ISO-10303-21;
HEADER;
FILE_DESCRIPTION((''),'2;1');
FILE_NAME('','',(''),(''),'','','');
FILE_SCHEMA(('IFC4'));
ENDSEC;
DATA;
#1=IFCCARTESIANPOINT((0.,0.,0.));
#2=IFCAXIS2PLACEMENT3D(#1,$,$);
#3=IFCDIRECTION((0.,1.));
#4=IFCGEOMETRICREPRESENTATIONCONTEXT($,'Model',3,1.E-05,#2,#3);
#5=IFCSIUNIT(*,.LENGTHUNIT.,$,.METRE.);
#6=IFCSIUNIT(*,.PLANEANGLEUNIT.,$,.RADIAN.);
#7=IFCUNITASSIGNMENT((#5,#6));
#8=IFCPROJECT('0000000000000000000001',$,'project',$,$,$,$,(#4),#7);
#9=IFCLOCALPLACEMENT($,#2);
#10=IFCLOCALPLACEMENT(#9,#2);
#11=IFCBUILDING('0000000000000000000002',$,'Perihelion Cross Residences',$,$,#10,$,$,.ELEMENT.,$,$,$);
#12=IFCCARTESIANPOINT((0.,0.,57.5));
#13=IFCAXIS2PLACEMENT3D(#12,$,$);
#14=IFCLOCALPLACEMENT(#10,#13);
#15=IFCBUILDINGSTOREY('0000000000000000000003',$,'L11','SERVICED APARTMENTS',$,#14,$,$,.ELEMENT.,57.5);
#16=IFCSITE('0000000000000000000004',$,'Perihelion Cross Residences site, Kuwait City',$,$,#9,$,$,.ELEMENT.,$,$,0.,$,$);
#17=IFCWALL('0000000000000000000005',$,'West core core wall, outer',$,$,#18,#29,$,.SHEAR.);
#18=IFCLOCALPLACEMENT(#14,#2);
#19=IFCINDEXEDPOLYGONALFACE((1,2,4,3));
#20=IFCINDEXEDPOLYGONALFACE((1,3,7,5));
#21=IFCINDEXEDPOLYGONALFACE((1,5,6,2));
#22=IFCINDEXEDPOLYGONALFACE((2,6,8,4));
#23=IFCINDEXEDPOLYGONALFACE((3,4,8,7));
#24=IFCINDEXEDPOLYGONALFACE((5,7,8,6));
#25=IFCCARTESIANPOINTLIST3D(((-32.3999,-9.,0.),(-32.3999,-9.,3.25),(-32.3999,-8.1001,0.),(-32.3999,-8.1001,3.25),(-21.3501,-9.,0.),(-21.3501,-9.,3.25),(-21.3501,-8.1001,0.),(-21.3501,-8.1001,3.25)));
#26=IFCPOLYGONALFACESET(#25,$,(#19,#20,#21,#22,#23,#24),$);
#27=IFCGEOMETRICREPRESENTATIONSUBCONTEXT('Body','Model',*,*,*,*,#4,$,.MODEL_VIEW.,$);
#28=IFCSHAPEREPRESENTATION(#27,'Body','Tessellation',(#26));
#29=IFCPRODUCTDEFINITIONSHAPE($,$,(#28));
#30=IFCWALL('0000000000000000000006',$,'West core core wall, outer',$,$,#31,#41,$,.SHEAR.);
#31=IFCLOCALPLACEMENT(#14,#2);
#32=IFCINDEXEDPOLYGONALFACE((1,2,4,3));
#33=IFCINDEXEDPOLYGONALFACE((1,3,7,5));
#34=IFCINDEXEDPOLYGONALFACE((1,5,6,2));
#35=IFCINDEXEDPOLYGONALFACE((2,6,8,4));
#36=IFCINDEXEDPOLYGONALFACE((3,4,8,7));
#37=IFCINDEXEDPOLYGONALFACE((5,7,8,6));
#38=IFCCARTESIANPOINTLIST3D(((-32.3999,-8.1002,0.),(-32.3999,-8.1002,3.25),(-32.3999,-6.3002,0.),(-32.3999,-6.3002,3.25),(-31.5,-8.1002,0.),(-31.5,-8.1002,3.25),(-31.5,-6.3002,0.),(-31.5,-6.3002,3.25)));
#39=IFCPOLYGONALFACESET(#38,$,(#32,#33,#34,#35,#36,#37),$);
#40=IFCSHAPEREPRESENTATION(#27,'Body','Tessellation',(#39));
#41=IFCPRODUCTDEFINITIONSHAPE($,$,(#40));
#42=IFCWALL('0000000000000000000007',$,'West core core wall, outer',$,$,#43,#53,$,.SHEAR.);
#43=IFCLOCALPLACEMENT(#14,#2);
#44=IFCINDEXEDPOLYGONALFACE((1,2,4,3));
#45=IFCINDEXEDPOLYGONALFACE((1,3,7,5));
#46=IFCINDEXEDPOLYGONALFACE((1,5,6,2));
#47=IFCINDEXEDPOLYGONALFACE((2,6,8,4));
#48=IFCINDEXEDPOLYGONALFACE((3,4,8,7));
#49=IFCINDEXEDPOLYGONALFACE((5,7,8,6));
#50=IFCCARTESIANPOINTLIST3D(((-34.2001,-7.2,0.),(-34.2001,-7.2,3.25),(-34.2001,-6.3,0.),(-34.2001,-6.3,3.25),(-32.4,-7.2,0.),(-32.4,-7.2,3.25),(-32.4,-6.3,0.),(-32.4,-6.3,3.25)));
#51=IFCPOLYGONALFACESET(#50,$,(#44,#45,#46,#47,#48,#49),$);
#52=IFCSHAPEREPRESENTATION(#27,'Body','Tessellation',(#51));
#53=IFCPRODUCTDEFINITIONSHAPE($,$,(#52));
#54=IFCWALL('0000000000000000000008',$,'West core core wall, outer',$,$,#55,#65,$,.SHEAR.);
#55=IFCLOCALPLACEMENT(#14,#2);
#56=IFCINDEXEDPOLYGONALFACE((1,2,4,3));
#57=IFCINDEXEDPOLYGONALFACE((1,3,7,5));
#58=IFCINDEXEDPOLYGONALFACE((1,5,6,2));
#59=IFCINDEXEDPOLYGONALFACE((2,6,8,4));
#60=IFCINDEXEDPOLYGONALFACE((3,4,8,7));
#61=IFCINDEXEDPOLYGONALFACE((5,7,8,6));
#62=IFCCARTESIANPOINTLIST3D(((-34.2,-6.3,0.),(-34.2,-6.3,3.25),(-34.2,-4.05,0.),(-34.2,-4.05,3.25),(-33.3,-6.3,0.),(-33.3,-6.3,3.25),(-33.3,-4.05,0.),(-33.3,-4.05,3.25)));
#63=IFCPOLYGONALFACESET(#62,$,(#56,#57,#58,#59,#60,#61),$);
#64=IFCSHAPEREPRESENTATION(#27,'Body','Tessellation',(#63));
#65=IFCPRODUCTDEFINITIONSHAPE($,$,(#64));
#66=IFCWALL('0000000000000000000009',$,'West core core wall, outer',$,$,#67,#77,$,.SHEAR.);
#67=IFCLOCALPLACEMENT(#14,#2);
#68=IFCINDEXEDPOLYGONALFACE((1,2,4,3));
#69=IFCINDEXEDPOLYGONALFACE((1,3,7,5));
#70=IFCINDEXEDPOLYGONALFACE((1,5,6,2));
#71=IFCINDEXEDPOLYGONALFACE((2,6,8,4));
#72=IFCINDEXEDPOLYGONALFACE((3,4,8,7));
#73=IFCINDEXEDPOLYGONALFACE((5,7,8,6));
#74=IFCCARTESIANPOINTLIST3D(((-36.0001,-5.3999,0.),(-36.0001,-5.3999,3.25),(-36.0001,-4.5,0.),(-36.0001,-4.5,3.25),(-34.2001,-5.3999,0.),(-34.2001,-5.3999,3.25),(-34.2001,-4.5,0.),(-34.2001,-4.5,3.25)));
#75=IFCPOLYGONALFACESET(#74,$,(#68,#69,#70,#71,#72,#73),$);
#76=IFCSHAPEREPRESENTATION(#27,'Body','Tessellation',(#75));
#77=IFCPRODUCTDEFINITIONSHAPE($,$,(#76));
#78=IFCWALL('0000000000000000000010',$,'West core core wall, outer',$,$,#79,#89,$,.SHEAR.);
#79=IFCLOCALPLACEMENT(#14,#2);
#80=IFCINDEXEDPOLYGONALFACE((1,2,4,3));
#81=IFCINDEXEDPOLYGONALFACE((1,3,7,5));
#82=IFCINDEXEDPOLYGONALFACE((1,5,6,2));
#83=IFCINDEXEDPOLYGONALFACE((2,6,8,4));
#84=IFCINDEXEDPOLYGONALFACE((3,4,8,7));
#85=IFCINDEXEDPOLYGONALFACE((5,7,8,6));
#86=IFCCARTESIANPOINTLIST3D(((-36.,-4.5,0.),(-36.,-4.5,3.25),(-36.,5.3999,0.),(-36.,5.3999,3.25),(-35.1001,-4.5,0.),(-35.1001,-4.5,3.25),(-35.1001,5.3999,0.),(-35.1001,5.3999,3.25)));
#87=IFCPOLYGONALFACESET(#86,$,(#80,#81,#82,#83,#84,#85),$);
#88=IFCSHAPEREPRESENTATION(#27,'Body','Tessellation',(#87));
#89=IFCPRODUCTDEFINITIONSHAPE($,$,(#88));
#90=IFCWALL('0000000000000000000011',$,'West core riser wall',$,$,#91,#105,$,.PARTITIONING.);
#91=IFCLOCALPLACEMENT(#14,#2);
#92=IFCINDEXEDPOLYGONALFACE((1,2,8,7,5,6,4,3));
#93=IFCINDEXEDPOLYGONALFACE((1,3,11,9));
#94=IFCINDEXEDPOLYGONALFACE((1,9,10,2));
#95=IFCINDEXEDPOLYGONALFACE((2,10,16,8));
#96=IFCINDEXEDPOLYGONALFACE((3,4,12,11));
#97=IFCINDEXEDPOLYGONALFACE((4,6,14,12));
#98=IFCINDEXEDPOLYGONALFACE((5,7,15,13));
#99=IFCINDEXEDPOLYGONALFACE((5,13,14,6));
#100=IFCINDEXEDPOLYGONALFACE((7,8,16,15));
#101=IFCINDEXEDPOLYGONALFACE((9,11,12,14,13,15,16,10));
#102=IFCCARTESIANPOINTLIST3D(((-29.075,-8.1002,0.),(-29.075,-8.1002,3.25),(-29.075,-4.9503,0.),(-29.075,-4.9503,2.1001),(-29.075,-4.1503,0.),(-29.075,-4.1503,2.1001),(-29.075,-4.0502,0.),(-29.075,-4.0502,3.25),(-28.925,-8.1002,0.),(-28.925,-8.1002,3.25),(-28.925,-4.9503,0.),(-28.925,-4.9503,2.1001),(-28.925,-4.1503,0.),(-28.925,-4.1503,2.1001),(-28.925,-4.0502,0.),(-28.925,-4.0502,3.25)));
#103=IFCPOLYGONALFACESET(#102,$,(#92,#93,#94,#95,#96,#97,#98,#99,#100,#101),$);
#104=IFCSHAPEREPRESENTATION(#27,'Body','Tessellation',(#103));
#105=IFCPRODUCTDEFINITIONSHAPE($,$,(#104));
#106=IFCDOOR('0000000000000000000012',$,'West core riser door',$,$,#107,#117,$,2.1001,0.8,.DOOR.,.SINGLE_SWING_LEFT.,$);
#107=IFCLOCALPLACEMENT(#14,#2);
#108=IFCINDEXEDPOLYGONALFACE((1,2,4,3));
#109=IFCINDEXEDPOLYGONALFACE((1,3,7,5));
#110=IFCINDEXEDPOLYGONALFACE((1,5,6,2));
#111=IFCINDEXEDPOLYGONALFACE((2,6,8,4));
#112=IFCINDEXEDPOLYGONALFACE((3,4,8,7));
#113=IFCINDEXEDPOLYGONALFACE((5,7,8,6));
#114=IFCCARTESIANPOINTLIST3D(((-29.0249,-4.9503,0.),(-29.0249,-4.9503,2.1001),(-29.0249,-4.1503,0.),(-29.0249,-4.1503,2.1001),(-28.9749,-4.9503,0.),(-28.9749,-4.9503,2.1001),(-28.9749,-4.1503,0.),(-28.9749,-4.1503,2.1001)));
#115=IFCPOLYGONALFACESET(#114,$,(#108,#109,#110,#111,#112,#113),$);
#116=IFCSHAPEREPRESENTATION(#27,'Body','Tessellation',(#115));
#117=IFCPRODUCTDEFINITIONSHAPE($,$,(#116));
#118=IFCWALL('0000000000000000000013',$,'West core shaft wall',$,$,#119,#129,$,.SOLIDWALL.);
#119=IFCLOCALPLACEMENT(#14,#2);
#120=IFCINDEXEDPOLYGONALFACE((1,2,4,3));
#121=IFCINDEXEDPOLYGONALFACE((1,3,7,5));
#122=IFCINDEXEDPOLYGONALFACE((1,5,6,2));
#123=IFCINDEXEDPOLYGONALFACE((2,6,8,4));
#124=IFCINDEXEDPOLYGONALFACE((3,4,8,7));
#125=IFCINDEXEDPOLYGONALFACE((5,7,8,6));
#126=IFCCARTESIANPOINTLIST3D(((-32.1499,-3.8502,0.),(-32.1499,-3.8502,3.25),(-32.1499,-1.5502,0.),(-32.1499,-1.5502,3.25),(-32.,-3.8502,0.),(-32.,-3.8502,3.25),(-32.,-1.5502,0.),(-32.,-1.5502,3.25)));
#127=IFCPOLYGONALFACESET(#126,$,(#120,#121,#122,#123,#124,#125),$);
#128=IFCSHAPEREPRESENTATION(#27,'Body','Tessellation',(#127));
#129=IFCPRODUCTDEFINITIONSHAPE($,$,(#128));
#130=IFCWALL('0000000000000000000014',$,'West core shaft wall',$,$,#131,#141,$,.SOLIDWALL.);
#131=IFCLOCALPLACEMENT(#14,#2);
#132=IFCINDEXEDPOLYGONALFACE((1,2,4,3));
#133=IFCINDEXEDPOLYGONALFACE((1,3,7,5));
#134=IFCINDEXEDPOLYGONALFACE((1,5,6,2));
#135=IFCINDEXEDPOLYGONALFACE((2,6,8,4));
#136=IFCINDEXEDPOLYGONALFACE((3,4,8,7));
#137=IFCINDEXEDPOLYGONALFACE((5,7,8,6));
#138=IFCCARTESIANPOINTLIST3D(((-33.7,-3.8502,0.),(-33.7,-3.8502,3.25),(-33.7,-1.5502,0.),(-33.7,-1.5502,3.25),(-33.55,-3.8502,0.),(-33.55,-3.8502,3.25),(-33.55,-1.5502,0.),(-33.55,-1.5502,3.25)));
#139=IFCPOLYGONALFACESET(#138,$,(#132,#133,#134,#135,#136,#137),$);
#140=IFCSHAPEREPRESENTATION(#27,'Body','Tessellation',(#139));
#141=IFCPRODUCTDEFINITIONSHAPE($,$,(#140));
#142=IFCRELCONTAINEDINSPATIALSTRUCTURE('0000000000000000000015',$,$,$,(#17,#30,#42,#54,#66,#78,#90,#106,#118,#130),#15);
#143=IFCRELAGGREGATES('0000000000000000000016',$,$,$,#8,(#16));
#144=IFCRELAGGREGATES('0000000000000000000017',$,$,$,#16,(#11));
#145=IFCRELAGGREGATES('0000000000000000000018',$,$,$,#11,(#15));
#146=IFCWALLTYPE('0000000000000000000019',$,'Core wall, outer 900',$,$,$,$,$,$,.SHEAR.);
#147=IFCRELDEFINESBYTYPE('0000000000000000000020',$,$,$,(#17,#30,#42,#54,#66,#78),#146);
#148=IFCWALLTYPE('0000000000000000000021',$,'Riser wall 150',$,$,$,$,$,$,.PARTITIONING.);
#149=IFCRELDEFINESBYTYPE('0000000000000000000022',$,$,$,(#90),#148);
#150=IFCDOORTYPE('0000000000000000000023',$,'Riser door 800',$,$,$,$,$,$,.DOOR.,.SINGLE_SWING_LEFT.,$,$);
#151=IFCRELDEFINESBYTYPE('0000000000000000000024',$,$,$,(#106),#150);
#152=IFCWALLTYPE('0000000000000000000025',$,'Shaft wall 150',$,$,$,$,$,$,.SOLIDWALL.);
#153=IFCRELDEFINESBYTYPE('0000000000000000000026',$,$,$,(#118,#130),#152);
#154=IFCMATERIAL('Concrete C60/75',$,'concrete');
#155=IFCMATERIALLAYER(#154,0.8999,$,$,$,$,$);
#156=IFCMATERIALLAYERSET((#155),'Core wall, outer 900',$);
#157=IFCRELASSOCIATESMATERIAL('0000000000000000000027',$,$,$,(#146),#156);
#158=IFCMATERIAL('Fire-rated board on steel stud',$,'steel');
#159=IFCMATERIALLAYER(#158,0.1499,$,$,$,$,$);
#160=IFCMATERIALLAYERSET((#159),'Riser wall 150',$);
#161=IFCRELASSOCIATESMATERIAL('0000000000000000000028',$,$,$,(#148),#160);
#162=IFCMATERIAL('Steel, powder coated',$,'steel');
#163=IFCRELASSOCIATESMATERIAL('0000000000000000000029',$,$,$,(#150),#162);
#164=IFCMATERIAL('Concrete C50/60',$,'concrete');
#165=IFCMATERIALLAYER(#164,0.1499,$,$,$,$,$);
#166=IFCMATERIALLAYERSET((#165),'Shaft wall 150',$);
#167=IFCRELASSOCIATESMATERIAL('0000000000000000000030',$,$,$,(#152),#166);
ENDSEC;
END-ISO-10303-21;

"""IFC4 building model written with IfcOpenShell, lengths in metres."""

from ifc_helpers import new_model, si_unit, direction, frame, frame_2d, origin, place, context, subcontext, project, spatial, rectangle, extrude, material, layer, layer_set, type_object, element, fill, save


model = new_model("IFC4")

# Units and contexts
model_context = context("Model", 3, precision=1e-05, world=origin(), true_north=direction((0.0, 1.0)))
body_context = subcontext(model_context, "Body", "Model", "MODEL_VIEW")
ifc_project = project(units=[si_unit("LENGTHUNIT", "METRE"), si_unit("PLANEANGLEUNIT", "RADIAN")], contexts=[model_context])

# Site, building, storey
site_placement = place(None, origin())
site = spatial("IfcSite", under=ifc_project, at=site_placement, Name="Perihelion Cross Residences site, Kuwait City", CompositionType="ELEMENT", RefElevation=0.0)
building_placement = place(site_placement, origin())
building = spatial("IfcBuilding", under=site, at=building_placement, Name="Perihelion Cross Residences", CompositionType="ELEMENT")
storey_placement = place(building_placement, frame((0.0, 0.0, 57.5)))
storey = spatial("IfcBuildingStorey", under=building, at=storey_placement, Name="L11", Description="SERVICED APARTMENTS", CompositionType="ELEMENT", Elevation=57.5)

# Walls
ifc_material_1 = material(Name="Concrete C60/75", Category="concrete")
ifc_layer_1 = layer(ifc_material_1, 0.8999)
ifc_layer_set_1 = layer_set([ifc_layer_1], Name="Core wall, outer 900")
wall_type_1 = type_object("IfcWallType", Name="Core wall, outer 900", PredefinedType="SHEAR", material=ifc_layer_set_1)
wall_1_placement = place(storey_placement, frame((-32.3999, -8.55, 0.0), z_axis=(0.0, 0.0, 1.0), x_axis=(1.0, 0.0, 0.0)))
element("IfcWall", 1, at=wall_1_placement, inside=storey, type_object=wall_type_1, Name="West core core wall, outer", PredefinedType="SHEAR", context=body_context, shape_type="SweptSolid", body=[
    extrude(rectangle(XDim=11.0498, YDim=0.8999, at=frame_2d((5.5249, 0.0))), origin(), (0.0, 0.0, 1.0), 3.25),
])
for number, where, z_axis, x_axis, name in (
    (2, (-31.95, -8.1001, 0.0), (0.0, 0.0, 1.0), (0.0, 1.0, 0.0), "West core core wall, outer"),
    (3, (-34.2, -6.75, 0.0), (0.0, 0.0, 1.0), (1.0, 0.0, 0.0), "West core core wall, outer"),
):
    element("IfcWall", number, at=place(storey_placement, frame(where, z_axis=z_axis, x_axis=x_axis)), inside=storey, type_object=wall_type_1, Name=name, PredefinedType="SHEAR", context=body_context, shape_type="SweptSolid", body=[
        extrude(rectangle(XDim=1.8, YDim=0.8999, at=frame_2d((0.8999, 0.0))), origin(), (0.0, 0.0, 1.0), 3.25),
    ])
wall_2_placement = place(storey_placement, frame((-33.75, -6.3, 0.0), z_axis=(0.0, 0.0, 1.0), x_axis=(0.0, 1.0, 0.0)))
element("IfcWall", 4, at=wall_2_placement, inside=storey, type_object=wall_type_1, Name="West core core wall, outer", PredefinedType="SHEAR", context=body_context, shape_type="SweptSolid", body=[
    extrude(rectangle(XDim=2.25, YDim=0.8999, at=frame_2d((1.125, 0.0))), origin(), (0.0, 0.0, 1.0), 3.25),
])
wall_3_placement = place(storey_placement, frame((-36.0, -4.95, 0.0), z_axis=(0.0, 0.0, 1.0), x_axis=(1.0, 0.0, 0.0)))
element("IfcWall", 5, at=wall_3_placement, inside=storey, type_object=wall_type_1, Name="West core core wall, outer", PredefinedType="SHEAR", context=body_context, shape_type="SweptSolid", body=[
    extrude(rectangle(XDim=1.8, YDim=0.8999, at=frame_2d((0.8999, 0.0))), origin(), (0.0, 0.0, 1.0), 3.25),
])
wall_4_placement = place(storey_placement, frame((-35.55, -4.5, 0.0), z_axis=(0.0, 0.0, 1.0), x_axis=(0.0, 1.0, 0.0)))
element("IfcWall", 6, at=wall_4_placement, inside=storey, type_object=wall_type_1, Name="West core core wall, outer", PredefinedType="SHEAR", context=body_context, shape_type="SweptSolid", body=[
    extrude(rectangle(XDim=9.8999, YDim=0.8999, at=frame_2d((4.95, 0.0))), origin(), (0.0, 0.0, 1.0), 3.25),
])

# Wall, opening, door
ifc_material_2 = material(Name="Fire-rated board on steel stud", Category="steel")
ifc_layer_2 = layer(ifc_material_2, 0.1499)
ifc_layer_set_2 = layer_set([ifc_layer_2], Name="Riser wall 150")
wall_type_2 = type_object("IfcWallType", Name="Riser wall 150", PredefinedType="PARTITIONING", material=ifc_layer_set_2)
wall_5_placement = place(storey_placement, frame((-29.0, -8.1001, 0.0), z_axis=(0.0, 0.0, 1.0), x_axis=(0.0, 1.0, 0.0)))
wall_5 = element("IfcWall", 7, at=wall_5_placement, inside=storey, type_object=wall_type_2, Name="West core riser wall", PredefinedType="PARTITIONING", context=body_context, shape_type="SweptSolid", body=[
    extrude(rectangle(XDim=4.05, YDim=0.1499, at=frame_2d((2.0249, 0.0))), origin(), (0.0, 0.0, 1.0), 3.25),
])
opening_1_placement = place(wall_5_placement, frame((3.1499, 0.0, 0.0)))
opening_1 = element("IfcOpeningElement", 8, at=opening_1_placement, cuts=wall_5, PredefinedType="OPENING", context=body_context, shape_type="SweptSolid", body=[
    extrude(rectangle(XDim=0.8, YDim=2.1001, at=frame_2d((0.3999, 1.05))), frame((0.0, 0.085, 0.0), z_axis=(0.0, -1.0, 0.0), x_axis=(1.0, 0.0, 0.0)), (0.0, 0.0, 1.0), 0.1699),
])
ifc_material_3 = material(Name="Steel, powder coated", Category="steel")
door_type_1 = type_object("IfcDoorType", Name="Riser door 800", OperationType="SINGLE_SWING_LEFT", PredefinedType="DOOR", material=ifc_material_3)
door_1_placement = place(opening_1_placement, origin())
door_1 = element("IfcDoor", 9, at=door_1_placement, inside=storey, type_object=door_type_1, Name="West core riser door", OperationType="SINGLE_SWING_LEFT", OverallHeight=2.1001, OverallWidth=0.8, PredefinedType="DOOR", context=body_context, shape_type="SweptSolid", body=[
    extrude(rectangle(XDim=0.8, YDim=2.1001, at=frame_2d((0.3999, 1.05))), frame((0.0, 0.0249, 0.0), z_axis=(0.0, -1.0, 0.0), x_axis=(1.0, 0.0, 0.0)), (0.0, 0.0, 1.0), 0.05),
])
fill(opening_1, door_1)

# Walls
ifc_material_4 = material(Name="Concrete C50/60", Category="concrete")
ifc_layer_3 = layer(ifc_material_4, 0.1499)
ifc_layer_set_3 = layer_set([ifc_layer_3], Name="Shaft wall 150")
wall_type_3 = type_object("IfcWallType", Name="Shaft wall 150", PredefinedType="SOLIDWALL", material=ifc_layer_set_3)
for number, where, z_axis, x_axis, name in (
    (10, (-32.075, -3.8501, 0.0), (0.0, 0.0, 1.0), (0.0, 1.0, 0.0), "West core shaft wall"),
    (11, (-33.625, -3.8501, 0.0), (0.0, 0.0, 1.0), (0.0, 1.0, 0.0), "West core shaft wall"),
):
    element("IfcWall", number, at=place(storey_placement, frame(where, z_axis=z_axis, x_axis=x_axis)), inside=storey, type_object=wall_type_3, Name=name, PredefinedType="SOLIDWALL", context=body_context, shape_type="SweptSolid", body=[
        extrude(rectangle(XDim=2.3, YDim=0.1499, at=frame_2d((1.1499, 0.0))), origin(), (0.0, 0.0, 1.0), 3.25),
    ])

save(model, "model.ifc")
